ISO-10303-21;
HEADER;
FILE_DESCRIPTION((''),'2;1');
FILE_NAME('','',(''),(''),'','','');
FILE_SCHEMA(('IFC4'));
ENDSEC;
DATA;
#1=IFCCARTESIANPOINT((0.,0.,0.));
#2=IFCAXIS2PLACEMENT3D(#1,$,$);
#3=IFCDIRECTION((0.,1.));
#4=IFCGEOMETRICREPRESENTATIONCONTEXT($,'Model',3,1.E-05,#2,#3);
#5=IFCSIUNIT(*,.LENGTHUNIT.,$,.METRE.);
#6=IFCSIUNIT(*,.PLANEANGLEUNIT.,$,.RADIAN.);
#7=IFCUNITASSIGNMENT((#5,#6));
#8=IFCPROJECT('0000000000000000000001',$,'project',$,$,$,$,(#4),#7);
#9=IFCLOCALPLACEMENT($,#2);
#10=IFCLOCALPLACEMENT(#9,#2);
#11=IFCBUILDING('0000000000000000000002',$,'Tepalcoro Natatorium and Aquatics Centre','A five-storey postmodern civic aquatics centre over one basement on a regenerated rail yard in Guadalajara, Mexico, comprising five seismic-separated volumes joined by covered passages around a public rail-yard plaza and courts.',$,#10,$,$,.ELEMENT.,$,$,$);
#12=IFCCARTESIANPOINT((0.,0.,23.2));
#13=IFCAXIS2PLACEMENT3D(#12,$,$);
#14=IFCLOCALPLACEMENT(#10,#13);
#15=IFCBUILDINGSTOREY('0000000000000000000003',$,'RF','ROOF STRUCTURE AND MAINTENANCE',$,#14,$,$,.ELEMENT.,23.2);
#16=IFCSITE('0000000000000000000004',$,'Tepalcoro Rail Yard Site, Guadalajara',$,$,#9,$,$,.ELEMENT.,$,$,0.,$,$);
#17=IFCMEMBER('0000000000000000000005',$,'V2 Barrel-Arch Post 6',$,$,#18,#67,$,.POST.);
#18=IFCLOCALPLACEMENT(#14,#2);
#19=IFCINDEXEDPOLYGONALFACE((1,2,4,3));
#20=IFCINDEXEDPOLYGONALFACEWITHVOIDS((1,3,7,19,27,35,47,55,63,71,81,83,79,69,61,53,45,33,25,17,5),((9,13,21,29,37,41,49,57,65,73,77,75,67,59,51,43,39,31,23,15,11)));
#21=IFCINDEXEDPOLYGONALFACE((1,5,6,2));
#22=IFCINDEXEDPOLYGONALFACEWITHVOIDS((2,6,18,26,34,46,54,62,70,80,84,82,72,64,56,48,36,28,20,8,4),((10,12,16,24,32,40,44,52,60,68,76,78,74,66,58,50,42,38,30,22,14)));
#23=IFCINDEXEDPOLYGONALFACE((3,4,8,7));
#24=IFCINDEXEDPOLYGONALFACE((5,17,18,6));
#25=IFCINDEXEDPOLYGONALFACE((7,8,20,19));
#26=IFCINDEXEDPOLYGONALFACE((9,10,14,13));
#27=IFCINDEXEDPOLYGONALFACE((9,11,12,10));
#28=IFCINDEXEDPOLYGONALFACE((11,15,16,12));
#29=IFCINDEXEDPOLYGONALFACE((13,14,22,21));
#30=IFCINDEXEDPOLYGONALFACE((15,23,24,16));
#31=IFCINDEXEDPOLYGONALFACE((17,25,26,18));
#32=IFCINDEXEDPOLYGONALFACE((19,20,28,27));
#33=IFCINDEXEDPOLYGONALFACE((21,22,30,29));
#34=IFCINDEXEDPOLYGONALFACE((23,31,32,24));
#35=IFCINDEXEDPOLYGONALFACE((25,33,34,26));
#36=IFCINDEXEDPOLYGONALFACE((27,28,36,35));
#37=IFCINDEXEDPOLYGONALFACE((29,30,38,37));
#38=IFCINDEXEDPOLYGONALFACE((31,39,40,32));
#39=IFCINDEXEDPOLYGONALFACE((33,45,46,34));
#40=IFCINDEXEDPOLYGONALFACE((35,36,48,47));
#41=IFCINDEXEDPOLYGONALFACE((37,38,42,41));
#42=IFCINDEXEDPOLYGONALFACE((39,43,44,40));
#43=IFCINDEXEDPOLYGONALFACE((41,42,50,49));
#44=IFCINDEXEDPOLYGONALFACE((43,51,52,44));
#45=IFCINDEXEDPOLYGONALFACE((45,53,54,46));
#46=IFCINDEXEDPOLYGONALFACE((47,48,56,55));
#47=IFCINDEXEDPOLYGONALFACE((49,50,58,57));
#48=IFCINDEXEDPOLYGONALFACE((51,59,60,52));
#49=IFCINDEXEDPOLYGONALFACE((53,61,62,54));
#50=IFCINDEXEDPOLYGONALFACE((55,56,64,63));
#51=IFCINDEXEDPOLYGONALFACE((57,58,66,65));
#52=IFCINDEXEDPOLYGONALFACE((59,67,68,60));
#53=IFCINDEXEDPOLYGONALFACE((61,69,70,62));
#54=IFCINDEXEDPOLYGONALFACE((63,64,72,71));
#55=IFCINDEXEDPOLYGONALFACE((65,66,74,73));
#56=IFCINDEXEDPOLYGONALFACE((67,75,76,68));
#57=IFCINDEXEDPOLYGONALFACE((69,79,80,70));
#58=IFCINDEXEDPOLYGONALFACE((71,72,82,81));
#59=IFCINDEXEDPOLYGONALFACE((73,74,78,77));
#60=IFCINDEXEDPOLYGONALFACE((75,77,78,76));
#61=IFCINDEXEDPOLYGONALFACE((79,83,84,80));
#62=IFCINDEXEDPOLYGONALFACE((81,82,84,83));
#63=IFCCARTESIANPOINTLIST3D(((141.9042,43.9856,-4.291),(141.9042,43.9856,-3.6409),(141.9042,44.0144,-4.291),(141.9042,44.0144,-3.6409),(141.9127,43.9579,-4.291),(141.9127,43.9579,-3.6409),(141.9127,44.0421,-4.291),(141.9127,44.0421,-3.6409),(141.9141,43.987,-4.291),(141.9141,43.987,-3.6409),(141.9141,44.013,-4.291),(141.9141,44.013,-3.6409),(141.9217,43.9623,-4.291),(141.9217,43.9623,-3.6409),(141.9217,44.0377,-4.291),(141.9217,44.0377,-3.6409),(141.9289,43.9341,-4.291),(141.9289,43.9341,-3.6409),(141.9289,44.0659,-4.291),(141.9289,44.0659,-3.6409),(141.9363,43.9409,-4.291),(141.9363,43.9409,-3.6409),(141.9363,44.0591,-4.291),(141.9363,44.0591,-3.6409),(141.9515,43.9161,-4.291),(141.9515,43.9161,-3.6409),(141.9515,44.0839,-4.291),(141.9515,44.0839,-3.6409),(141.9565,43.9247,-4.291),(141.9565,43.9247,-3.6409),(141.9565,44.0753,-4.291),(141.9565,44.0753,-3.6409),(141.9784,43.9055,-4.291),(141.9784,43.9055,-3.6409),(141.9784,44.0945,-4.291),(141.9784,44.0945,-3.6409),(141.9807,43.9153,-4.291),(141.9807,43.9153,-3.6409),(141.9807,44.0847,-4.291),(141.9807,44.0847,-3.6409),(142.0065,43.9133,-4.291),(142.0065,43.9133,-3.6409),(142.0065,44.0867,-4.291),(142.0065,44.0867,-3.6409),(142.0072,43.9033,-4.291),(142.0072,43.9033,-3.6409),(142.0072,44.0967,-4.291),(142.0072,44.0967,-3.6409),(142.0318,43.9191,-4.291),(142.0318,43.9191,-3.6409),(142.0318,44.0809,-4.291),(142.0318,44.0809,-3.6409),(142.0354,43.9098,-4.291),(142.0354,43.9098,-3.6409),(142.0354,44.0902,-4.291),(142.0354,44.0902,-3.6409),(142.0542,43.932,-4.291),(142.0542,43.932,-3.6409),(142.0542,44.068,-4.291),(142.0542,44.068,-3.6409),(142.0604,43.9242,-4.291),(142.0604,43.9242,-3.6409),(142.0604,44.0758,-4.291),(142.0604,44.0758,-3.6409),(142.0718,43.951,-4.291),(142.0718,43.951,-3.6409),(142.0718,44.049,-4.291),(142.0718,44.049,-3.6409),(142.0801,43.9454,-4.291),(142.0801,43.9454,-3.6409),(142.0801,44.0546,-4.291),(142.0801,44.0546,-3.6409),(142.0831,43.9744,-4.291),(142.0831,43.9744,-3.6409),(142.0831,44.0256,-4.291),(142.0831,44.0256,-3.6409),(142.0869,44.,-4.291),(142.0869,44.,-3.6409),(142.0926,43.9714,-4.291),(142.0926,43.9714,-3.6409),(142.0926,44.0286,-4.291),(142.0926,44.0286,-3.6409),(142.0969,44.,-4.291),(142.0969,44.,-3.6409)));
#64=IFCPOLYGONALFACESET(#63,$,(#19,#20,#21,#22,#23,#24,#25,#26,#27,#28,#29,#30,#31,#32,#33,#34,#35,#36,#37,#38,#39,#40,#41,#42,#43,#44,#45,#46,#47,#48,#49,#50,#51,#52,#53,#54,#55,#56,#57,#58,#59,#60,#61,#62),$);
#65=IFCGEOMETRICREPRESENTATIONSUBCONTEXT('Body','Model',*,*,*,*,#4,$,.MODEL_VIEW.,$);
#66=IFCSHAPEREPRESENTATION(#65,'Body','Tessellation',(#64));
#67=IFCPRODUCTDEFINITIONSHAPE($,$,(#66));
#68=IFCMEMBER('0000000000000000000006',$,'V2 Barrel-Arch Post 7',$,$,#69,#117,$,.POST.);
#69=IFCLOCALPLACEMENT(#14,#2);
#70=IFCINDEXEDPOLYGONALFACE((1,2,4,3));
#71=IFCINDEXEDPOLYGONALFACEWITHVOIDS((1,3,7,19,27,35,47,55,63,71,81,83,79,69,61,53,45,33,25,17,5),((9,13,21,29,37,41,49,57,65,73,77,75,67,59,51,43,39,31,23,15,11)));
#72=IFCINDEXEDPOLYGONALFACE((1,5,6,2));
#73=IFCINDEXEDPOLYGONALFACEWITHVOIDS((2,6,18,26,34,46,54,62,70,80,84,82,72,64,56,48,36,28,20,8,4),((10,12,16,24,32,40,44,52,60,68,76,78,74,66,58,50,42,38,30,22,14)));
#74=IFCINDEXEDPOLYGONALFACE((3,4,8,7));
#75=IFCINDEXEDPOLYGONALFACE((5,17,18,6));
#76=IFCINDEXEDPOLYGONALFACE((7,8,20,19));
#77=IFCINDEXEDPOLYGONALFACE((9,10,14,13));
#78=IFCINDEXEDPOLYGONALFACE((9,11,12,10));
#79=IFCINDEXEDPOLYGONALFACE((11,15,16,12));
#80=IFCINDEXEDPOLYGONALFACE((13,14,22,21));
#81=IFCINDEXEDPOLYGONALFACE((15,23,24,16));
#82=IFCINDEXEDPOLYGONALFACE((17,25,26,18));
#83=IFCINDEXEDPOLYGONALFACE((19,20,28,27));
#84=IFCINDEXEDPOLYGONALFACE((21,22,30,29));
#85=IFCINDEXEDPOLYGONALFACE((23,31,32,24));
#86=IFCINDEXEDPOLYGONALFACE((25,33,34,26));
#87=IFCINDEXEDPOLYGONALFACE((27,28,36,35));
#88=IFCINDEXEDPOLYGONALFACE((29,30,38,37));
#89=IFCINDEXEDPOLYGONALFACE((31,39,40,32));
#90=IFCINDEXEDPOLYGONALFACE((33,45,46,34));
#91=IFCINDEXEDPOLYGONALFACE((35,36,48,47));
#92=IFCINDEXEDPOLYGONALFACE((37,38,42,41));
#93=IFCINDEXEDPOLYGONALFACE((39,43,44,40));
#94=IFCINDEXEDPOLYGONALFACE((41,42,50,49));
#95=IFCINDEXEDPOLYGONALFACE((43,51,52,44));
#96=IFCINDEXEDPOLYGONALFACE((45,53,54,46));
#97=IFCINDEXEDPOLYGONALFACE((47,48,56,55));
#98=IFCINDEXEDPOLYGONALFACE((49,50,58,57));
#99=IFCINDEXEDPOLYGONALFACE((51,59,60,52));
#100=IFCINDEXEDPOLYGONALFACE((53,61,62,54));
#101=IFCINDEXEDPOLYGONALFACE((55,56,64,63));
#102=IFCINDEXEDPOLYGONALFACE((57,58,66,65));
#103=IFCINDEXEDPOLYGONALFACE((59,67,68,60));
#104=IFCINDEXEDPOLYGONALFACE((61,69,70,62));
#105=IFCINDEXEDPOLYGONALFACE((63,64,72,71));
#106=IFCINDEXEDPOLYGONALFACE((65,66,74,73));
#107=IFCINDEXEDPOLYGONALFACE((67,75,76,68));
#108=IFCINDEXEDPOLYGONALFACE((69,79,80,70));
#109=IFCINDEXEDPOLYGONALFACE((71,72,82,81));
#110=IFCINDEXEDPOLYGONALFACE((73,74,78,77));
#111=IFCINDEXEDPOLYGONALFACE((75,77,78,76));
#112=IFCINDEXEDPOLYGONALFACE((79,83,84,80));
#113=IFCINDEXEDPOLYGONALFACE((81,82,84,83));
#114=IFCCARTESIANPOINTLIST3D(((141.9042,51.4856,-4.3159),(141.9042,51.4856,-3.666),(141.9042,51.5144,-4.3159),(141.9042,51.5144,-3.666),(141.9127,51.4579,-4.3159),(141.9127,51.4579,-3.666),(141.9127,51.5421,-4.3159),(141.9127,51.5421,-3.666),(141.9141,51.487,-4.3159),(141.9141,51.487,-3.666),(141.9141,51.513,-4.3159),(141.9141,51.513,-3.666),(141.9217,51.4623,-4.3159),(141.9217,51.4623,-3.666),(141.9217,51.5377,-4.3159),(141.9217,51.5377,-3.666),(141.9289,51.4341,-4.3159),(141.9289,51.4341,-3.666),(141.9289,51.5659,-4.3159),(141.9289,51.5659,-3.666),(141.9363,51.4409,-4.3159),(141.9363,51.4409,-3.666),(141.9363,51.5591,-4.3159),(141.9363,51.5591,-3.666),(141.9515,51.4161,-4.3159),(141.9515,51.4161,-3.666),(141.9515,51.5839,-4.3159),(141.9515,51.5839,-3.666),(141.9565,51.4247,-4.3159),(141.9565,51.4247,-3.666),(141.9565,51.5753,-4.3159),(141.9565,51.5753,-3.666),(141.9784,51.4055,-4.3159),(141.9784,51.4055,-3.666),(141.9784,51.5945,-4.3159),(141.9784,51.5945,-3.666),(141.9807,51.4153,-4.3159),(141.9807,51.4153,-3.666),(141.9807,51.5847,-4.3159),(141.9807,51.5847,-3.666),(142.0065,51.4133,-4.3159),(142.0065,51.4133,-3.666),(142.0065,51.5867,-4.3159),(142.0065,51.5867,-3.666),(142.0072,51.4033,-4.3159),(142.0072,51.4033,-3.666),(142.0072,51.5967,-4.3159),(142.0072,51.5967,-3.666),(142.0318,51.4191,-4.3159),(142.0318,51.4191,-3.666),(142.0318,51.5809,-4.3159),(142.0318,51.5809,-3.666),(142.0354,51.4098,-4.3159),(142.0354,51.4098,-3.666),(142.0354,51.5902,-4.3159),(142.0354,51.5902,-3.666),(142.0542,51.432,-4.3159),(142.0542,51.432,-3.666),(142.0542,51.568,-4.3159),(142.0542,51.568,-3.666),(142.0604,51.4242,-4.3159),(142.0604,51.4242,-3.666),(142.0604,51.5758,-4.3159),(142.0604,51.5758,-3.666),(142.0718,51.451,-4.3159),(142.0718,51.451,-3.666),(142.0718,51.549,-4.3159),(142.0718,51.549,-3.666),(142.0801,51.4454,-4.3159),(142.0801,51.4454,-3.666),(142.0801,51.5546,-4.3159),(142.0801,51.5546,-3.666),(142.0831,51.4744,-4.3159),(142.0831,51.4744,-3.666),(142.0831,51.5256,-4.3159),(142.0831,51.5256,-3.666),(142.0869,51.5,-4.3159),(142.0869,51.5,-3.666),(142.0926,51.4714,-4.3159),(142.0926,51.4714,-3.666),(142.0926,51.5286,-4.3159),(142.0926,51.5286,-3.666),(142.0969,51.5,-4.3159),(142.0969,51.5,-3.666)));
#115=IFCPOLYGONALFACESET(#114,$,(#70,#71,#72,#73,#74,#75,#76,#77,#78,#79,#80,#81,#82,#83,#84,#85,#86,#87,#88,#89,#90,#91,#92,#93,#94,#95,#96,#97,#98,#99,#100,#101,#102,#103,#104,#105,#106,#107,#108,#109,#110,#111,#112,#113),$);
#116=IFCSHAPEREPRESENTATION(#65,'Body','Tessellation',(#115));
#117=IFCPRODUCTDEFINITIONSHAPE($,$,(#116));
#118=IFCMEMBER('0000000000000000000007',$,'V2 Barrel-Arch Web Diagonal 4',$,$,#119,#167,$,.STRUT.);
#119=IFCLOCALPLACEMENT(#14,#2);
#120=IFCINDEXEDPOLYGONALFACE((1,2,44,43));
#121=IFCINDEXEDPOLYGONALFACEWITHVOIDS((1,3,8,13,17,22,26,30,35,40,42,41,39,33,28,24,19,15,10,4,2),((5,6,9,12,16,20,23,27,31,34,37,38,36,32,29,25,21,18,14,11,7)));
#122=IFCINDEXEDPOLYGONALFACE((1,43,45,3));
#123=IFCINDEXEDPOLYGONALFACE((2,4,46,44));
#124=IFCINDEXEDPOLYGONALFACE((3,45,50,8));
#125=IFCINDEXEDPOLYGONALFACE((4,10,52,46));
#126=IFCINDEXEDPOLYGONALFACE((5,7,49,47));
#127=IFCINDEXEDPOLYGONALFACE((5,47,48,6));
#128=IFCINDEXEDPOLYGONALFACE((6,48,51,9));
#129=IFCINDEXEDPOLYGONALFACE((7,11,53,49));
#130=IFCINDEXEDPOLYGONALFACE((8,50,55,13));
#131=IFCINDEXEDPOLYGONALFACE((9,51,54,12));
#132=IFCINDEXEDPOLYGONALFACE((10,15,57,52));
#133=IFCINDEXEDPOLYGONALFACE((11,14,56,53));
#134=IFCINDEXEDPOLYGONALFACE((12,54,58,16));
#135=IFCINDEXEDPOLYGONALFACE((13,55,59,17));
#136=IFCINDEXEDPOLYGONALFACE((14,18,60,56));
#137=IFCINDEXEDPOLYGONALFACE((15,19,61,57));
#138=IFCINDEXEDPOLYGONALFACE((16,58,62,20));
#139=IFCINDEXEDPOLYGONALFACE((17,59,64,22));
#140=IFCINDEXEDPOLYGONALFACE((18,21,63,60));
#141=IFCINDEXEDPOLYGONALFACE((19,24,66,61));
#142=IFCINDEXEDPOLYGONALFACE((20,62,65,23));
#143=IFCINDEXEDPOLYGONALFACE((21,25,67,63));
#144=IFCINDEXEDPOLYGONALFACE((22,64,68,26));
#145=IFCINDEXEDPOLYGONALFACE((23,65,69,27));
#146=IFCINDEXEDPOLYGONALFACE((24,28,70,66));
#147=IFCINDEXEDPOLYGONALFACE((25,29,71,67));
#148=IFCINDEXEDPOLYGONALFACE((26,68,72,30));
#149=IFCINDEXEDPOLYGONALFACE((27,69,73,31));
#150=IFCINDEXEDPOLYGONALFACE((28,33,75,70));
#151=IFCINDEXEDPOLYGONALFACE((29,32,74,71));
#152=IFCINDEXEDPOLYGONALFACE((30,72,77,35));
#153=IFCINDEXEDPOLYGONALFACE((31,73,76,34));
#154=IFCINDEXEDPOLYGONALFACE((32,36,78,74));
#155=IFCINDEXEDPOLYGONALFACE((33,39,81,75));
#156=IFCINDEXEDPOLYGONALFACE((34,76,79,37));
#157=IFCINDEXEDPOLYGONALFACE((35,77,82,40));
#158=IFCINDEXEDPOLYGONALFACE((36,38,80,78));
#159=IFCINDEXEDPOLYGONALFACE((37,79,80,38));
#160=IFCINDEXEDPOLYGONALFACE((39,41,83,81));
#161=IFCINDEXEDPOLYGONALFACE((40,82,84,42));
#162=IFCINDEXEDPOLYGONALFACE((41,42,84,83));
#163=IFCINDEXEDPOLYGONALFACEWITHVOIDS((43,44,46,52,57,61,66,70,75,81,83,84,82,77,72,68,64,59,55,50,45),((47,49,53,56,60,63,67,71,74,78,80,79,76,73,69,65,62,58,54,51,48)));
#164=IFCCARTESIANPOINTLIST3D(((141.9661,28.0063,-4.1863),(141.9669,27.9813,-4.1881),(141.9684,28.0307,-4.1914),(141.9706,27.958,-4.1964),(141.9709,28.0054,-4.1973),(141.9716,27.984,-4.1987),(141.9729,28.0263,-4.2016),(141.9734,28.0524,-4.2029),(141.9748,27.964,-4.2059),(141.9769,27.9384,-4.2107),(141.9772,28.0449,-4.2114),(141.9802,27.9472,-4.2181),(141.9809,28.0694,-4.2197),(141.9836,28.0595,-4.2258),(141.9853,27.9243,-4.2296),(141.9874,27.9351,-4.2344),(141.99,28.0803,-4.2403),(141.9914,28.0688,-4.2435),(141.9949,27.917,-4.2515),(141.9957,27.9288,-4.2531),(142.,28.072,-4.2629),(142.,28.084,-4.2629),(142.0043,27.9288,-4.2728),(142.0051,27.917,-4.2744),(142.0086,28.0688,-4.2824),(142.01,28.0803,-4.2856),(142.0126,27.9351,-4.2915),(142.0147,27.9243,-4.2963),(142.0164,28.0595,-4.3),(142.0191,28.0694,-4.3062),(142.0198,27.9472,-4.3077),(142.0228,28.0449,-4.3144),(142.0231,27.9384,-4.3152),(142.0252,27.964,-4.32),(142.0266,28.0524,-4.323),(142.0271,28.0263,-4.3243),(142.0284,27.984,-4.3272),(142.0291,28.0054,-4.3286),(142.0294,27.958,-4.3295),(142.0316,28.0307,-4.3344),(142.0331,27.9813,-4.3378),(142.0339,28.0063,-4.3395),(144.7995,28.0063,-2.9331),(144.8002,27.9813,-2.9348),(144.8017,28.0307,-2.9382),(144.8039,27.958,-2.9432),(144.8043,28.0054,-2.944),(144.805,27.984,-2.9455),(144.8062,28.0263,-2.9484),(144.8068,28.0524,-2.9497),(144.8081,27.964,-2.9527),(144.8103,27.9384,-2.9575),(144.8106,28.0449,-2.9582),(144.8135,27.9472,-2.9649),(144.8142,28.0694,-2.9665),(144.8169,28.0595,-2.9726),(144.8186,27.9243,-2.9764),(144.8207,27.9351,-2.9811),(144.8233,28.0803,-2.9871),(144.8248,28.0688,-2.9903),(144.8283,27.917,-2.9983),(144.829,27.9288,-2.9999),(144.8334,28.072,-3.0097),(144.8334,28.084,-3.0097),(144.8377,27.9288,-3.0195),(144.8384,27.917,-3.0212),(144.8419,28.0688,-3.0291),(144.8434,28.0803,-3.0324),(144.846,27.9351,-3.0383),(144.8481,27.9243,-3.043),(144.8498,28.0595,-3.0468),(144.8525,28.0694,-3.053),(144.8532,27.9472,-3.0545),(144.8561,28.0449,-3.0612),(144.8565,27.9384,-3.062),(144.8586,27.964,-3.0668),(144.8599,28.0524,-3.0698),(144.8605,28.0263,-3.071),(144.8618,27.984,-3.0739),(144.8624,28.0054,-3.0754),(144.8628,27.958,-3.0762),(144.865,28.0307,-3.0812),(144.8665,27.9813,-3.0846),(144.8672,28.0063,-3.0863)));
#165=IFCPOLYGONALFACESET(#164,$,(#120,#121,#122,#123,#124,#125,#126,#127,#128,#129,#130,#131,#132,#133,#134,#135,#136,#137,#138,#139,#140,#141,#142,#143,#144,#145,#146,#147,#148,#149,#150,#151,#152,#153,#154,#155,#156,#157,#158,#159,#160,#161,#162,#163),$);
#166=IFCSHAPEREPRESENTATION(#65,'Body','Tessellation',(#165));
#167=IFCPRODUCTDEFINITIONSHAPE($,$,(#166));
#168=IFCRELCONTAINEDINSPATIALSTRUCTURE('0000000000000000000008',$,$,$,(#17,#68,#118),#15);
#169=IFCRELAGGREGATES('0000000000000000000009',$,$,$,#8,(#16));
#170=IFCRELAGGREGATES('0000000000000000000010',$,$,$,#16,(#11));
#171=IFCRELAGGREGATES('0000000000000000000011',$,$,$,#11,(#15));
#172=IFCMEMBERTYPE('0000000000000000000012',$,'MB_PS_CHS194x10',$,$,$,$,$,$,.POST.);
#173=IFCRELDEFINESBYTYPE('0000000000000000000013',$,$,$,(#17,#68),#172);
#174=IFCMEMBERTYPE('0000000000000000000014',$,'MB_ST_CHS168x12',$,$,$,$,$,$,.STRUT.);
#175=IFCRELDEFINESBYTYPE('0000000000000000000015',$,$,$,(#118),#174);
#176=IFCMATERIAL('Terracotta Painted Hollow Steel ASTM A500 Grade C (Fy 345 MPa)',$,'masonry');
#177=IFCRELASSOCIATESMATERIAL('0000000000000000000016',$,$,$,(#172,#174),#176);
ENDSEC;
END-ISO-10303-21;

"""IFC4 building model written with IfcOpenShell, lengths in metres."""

from ifc_helpers import new_model, si_unit, direction, frame, origin, origin_2d, place, context, subcontext, project, spatial, hollow_circle, extrude, material, material_profile, profile_set, type_object, element, save


model = new_model("IFC4")

# Units and contexts
model_context = context("Model", 3, precision=1e-05, world=origin(), true_north=direction((0.0, 1.0)))
body_context = subcontext(model_context, "Body", "Model", "MODEL_VIEW")
ifc_project = project(units=[si_unit("LENGTHUNIT", "METRE"), si_unit("PLANEANGLEUNIT", "RADIAN")], contexts=[model_context])

# Site, building, storey
site_placement = place(None, origin())
site = spatial("IfcSite", under=ifc_project, at=site_placement, Name="Tepalcoro Rail Yard Site, Guadalajara", CompositionType="ELEMENT", RefElevation=0.0)
building_placement = place(site_placement, origin())
building = spatial("IfcBuilding", under=site, at=building_placement, Name="Tepalcoro Natatorium and Aquatics Centre", Description="A five-storey postmodern civic aquatics centre over one basement on a regenerated rail yard in Guadalajara, Mexico, comprising five seismic-separated volumes joined by covered passages around a public rail-yard plaza and courts.", CompositionType="ELEMENT")
storey_placement = place(building_placement, frame((0.0, 0.0, 23.2)))
storey = spatial("IfcBuildingStorey", under=building, at=storey_placement, Name="RF", Description="ROOF STRUCTURE AND MAINTENANCE", CompositionType="ELEMENT", Elevation=23.2)

# Shared definitions
ifc_material_1 = material(Name="Terracotta Painted Hollow Steel ASTM A500 Grade C (Fy 345 MPa)", Category="masonry")

# Members
ifc_material_profile_1 = material_profile(ifc_material_1, hollow_circle(Radius=0.0969, WallThickness=0.01, at=origin_2d()), Name="CHS194X10")
ifc_profile_set_1 = profile_set([ifc_material_profile_1], Name="Terracotta Painted Hollow Steel ASTM A500 Grade C (Fy 345 MPa)")
member_type_1 = type_object("IfcMemberType", Name="MB_PS_CHS194x10", PredefinedType="POST", material=ifc_profile_set_1)
for number, where, z_axis, x_axis, name in (
    (1, (142.0, 44.0, -4.291), (0.0, 0.0, 1.0), (1.0, 0.0, 0.0), "V2 Barrel-Arch Post 6"),
):
    element("IfcMember", number, at=place(storey_placement, frame(where, z_axis=z_axis, x_axis=x_axis)), inside=storey, type_object=member_type_1, Name=name, PredefinedType="POST", context=body_context, shape_type="SweptSolid", body=[
        extrude(hollow_circle(Radius=0.0969, WallThickness=0.01, at=origin_2d()), origin(), (0.0, 0.0, 1.0), 0.6501),
    ])
member_1_placement = place(storey_placement, frame((142.0, 51.5, -4.3159), z_axis=(0.0, 0.0, 1.0), x_axis=(1.0, 0.0, 0.0)))
element("IfcMember", 2, at=member_1_placement, inside=storey, type_object=member_type_1, Name="V2 Barrel-Arch Post 7", PredefinedType="POST", context=body_context, shape_type="SweptSolid", body=[
    extrude(hollow_circle(Radius=0.0969, WallThickness=0.01, at=origin_2d()), origin(), (0.0, 0.0, 1.0), 0.6499),
])
ifc_material_profile_2 = material_profile(ifc_material_1, hollow_circle(Radius=0.084, WallThickness=0.012, at=origin_2d()), Name="CHS168X12")
ifc_profile_set_2 = profile_set([ifc_material_profile_2], Name="Terracotta Painted Hollow Steel ASTM A500 Grade C (Fy 345 MPa)")
member_type_2 = type_object("IfcMemberType", Name="MB_ST_CHS168x12", PredefinedType="STRUT", material=ifc_profile_set_2)
for number, where, z_axis, x_axis, name in (
    (3, (142.0, 28.0, -4.2629), (0.914535, 0.0, 0.404507), (0.0, 1.0, 0.0), "V2 Barrel-Arch Web Diagonal 4"),
):
    element("IfcMember", number, at=place(storey_placement, frame(where, z_axis=z_axis, x_axis=x_axis)), inside=storey, type_object=member_type_2, Name=name, PredefinedType="STRUT", context=body_context, shape_type="SweptSolid", body=[
        extrude(hollow_circle(Radius=0.084, WallThickness=0.012, at=origin_2d()), origin(), (0.0, 0.0, 1.0), 3.0981),
    ])

save(model, "model.ifc")
